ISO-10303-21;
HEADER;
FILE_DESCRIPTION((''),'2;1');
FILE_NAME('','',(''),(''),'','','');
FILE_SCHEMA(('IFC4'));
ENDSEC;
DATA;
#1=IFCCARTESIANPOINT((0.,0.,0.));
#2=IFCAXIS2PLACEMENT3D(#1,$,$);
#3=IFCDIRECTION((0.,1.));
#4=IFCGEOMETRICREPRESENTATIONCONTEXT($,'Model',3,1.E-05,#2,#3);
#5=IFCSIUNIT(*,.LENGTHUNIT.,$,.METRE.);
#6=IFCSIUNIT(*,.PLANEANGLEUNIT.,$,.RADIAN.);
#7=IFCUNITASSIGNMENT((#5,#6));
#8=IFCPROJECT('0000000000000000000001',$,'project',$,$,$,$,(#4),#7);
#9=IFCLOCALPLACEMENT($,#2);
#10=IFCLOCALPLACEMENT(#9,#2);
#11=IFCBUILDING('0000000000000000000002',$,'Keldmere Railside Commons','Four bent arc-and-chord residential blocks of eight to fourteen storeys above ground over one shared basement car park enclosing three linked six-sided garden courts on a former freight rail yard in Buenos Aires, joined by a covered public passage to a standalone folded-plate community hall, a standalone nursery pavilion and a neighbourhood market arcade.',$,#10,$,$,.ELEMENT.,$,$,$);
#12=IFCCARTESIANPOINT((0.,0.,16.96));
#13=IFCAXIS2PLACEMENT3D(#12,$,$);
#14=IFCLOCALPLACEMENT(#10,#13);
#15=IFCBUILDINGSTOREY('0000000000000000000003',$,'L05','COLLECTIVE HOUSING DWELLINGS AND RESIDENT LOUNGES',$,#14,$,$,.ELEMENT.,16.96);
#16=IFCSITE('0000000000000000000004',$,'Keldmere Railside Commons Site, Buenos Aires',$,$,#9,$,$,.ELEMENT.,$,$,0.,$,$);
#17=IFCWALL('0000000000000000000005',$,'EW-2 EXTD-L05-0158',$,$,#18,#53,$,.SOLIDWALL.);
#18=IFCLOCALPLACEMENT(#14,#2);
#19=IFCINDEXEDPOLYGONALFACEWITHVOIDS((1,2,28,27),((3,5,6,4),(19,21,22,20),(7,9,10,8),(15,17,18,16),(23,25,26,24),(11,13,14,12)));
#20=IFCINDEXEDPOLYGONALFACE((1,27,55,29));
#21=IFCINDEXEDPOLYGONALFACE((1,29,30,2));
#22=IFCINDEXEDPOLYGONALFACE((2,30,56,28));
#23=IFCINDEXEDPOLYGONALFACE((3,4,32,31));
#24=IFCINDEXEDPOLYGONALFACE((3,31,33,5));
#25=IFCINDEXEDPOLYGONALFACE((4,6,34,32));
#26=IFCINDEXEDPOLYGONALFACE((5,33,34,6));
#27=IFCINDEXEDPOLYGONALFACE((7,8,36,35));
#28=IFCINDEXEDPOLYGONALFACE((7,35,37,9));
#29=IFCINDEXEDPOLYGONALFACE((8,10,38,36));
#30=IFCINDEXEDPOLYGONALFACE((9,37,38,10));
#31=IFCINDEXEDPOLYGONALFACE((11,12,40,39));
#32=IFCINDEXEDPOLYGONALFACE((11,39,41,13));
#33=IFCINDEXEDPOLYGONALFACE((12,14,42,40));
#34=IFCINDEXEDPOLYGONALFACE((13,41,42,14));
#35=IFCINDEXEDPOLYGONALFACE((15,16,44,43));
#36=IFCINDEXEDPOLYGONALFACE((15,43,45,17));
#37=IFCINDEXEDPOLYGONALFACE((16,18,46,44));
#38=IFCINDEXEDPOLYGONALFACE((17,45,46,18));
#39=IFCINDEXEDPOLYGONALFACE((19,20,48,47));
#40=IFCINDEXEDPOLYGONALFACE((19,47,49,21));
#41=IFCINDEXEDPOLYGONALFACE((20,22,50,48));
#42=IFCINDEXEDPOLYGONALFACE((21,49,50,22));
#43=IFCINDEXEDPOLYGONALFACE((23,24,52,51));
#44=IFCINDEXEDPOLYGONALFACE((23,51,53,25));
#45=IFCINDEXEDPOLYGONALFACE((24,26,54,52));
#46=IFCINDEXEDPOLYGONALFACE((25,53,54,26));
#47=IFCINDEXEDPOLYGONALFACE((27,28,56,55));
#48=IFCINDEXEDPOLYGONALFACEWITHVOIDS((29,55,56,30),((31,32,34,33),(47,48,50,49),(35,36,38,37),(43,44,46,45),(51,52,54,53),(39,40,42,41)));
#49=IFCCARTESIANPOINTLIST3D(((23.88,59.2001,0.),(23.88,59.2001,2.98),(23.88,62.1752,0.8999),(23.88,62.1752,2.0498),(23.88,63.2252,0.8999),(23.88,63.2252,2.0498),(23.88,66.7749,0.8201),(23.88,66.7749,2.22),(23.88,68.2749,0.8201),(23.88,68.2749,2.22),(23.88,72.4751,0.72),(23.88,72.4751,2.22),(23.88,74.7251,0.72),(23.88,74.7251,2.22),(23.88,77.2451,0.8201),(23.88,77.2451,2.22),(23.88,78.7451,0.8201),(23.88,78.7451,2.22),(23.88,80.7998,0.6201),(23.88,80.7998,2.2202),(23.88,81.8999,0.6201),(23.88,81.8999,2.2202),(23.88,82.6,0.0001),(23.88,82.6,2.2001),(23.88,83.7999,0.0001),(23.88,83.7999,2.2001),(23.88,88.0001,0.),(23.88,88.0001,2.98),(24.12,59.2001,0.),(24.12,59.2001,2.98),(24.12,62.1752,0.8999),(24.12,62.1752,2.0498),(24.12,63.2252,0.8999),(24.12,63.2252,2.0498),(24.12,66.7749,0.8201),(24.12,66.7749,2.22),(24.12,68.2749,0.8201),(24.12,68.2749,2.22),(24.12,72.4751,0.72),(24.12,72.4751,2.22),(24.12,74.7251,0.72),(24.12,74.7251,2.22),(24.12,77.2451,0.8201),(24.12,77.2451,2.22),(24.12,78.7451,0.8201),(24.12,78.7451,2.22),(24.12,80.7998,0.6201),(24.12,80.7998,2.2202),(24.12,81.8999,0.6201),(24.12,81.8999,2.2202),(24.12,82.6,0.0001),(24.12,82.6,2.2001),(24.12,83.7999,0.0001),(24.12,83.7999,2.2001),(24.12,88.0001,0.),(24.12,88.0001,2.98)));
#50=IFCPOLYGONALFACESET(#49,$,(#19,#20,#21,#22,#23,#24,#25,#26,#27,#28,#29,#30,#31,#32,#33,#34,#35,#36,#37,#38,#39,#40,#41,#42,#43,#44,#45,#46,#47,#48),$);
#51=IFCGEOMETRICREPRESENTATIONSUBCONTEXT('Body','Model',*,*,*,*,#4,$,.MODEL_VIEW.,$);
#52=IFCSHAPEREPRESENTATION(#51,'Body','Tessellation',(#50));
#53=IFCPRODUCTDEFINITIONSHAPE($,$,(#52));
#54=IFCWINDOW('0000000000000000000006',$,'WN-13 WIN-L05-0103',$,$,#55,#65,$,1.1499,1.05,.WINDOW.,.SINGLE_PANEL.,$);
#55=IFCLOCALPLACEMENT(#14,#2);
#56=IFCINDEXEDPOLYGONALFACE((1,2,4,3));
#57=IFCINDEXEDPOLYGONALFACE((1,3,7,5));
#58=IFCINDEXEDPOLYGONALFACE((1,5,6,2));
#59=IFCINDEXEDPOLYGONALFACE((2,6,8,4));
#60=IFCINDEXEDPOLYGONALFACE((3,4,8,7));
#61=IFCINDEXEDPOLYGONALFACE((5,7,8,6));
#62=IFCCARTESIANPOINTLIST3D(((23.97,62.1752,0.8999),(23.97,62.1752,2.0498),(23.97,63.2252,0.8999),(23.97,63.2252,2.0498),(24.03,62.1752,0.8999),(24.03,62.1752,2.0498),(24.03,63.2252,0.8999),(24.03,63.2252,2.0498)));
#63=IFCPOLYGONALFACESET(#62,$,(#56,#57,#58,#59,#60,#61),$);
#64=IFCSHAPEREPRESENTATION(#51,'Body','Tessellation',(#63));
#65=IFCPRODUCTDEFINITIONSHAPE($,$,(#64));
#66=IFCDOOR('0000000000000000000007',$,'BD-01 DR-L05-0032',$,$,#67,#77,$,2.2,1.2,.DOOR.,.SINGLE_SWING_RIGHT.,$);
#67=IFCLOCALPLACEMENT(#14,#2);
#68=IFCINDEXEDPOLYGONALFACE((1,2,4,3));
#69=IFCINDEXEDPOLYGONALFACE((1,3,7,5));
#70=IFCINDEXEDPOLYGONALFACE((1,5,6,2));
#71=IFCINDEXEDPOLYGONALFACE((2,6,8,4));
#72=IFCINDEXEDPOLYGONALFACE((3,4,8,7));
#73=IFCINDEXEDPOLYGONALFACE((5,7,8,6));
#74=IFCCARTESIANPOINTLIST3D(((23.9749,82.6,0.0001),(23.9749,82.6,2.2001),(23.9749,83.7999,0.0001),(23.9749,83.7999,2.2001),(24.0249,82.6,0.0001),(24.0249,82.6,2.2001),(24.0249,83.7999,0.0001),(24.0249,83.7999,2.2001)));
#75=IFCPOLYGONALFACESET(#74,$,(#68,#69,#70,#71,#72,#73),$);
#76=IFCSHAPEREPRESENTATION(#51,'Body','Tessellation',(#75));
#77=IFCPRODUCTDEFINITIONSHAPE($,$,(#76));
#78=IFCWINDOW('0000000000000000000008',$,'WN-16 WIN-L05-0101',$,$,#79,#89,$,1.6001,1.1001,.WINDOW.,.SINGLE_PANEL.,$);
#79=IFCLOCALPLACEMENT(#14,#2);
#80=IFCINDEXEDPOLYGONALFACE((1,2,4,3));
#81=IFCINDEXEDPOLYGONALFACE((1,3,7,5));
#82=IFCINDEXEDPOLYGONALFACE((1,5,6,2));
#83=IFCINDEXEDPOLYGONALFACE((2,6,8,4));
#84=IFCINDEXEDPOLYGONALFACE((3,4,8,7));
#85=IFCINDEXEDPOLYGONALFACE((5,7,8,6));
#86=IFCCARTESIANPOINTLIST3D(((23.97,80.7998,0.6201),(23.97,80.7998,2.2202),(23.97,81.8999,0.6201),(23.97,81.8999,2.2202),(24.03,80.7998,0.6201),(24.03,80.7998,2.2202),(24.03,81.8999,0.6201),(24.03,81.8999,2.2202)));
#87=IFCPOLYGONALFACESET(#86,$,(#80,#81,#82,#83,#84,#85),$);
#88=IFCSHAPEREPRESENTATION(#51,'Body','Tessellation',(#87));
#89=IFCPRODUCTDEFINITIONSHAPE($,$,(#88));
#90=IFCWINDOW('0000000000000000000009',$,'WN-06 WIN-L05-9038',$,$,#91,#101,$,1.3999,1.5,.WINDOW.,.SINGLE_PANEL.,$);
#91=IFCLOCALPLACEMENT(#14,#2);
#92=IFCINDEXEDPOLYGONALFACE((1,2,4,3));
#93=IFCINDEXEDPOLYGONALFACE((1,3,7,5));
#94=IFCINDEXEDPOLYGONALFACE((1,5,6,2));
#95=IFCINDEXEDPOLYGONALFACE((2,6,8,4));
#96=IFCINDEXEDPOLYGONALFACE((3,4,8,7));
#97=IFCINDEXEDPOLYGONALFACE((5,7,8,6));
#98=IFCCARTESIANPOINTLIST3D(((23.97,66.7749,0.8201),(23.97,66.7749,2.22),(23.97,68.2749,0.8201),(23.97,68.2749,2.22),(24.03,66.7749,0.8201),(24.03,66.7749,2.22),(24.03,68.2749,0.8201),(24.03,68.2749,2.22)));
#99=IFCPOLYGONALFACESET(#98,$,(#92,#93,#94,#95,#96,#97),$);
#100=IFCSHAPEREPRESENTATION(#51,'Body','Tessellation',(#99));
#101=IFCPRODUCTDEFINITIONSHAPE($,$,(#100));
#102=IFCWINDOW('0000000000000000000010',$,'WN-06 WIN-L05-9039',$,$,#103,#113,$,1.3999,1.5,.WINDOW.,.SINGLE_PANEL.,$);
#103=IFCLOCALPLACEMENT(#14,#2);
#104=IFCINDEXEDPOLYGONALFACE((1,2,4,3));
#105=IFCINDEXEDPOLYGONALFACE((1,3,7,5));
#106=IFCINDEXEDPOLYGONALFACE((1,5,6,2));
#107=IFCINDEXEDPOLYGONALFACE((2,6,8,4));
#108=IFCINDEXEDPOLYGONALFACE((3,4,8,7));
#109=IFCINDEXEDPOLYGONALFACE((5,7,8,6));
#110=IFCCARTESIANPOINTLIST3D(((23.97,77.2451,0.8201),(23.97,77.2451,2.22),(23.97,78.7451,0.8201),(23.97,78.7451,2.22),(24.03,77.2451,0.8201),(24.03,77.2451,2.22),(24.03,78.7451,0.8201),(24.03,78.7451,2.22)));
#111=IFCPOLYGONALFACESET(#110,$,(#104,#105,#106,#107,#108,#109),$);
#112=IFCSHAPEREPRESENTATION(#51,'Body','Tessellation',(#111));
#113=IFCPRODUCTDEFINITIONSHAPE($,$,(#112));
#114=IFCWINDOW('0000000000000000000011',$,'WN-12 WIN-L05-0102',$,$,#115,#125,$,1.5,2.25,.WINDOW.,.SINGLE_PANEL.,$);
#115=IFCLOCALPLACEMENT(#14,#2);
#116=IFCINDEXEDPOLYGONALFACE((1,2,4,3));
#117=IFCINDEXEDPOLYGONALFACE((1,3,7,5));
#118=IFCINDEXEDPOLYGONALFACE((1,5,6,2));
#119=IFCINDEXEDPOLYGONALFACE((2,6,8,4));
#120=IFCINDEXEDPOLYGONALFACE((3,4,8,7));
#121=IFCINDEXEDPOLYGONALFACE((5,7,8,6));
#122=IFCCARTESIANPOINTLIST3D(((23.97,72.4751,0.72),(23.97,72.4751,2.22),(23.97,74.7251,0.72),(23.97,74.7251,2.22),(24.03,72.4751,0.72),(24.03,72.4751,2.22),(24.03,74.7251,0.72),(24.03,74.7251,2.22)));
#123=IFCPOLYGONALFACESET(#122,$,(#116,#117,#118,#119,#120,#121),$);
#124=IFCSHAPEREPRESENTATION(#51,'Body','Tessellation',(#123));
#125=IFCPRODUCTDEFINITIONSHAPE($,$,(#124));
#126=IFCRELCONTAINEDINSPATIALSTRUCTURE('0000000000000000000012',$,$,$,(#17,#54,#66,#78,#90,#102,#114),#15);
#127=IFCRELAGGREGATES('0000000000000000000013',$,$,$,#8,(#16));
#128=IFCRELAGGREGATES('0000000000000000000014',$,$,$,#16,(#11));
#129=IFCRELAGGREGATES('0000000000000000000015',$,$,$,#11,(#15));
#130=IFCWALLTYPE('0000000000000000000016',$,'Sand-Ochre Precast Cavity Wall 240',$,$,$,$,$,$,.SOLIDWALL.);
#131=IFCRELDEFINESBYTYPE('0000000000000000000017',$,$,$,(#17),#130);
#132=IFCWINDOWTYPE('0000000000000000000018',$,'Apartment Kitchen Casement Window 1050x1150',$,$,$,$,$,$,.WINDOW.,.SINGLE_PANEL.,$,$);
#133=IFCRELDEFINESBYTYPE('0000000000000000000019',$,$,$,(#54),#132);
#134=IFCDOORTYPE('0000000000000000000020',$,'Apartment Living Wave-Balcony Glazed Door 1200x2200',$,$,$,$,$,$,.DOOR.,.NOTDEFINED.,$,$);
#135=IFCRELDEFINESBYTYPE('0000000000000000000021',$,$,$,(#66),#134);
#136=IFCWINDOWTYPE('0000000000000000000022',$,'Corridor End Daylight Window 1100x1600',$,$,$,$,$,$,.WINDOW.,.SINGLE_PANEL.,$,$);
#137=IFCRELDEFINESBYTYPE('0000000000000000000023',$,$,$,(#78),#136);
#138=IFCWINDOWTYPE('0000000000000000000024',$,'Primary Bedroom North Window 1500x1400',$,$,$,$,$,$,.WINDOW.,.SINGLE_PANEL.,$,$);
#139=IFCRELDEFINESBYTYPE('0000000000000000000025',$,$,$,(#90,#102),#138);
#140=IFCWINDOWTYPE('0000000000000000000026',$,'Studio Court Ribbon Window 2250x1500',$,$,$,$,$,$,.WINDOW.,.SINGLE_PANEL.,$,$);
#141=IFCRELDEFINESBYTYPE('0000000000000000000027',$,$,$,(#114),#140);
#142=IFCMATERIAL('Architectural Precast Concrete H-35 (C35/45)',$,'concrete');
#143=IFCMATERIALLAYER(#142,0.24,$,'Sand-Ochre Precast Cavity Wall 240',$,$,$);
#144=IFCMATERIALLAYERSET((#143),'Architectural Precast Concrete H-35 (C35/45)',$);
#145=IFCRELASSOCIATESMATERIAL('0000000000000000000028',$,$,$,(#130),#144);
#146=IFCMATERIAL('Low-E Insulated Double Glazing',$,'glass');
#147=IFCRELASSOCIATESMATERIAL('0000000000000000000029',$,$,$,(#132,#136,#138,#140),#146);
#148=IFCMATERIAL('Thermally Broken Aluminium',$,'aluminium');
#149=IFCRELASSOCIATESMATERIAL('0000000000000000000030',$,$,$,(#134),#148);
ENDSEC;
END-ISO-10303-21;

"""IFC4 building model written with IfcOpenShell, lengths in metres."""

from ifc_helpers import new_model, si_unit, direction, frame, frame_2d, origin, place, context, subcontext, project, spatial, rectangle, extrude, material, layer, layer_set, type_object, element, fill, save


model = new_model("IFC4")

# Units and contexts
model_context = context("Model", 3, precision=1e-05, world=origin(), true_north=direction((0.0, 1.0)))
body_context = subcontext(model_context, "Body", "Model", "MODEL_VIEW")
ifc_project = project(units=[si_unit("LENGTHUNIT", "METRE"), si_unit("PLANEANGLEUNIT", "RADIAN")], contexts=[model_context])

# Site, building, storey
site_placement = place(None, origin())
site = spatial("IfcSite", under=ifc_project, at=site_placement, Name="Keldmere Railside Commons Site, Buenos Aires", CompositionType="ELEMENT", RefElevation=0.0)
building_placement = place(site_placement, origin())
building = spatial("IfcBuilding", under=site, at=building_placement, Name="Keldmere Railside Commons", Description="Four bent arc-and-chord residential blocks of eight to fourteen storeys above ground over one shared basement car park enclosing three linked six-sided garden courts on a former freight rail yard in Buenos Aires, joined by a covered public passage to a standalone folded-plate community hall, a standalone nursery pavilion and a neighbourhood market arcade.", CompositionType="ELEMENT")
storey_placement = place(building_placement, frame((0.0, 0.0, 16.96)))
storey = spatial("IfcBuildingStorey", under=building, at=storey_placement, Name="L05", Description="COLLECTIVE HOUSING DWELLINGS AND RESIDENT LOUNGES", CompositionType="ELEMENT", Elevation=16.96)

# Shared definitions
ifc_material_1 = material(Name="Thermally Broken Aluminium", Category="aluminium")
ifc_material_2 = material(Name="Low-E Insulated Double Glazing", Category="glass")

# Wall, openings, windows, door
ifc_material_3 = material(Name="Architectural Precast Concrete H-35 (C35/45)", Category="concrete")
ifc_layer_1 = layer(ifc_material_3, 0.24, Name="Sand-Ochre Precast Cavity Wall 240")
ifc_layer_set_1 = layer_set([ifc_layer_1], Name="Architectural Precast Concrete H-35 (C35/45)")
wall_type = type_object("IfcWallType", Name="Sand-Ochre Precast Cavity Wall 240", PredefinedType="SOLIDWALL", material=ifc_layer_set_1)
wall_placement = place(storey_placement, frame((24.0, 88.0, 0.0), z_axis=(0.0, 0.0, 1.0), x_axis=(0.0, -1.0, 0.0)))
wall = element("IfcWall", 1, at=wall_placement, inside=storey, type_object=wall_type, Name="EW-2 EXTD-L05-0158", PredefinedType="SOLIDWALL", context=body_context, shape_type="SweptSolid", body=[
    extrude(rectangle(XDim=28.8, YDim=0.24, at=frame_2d((14.3999, 0.0))), origin(), (0.0, 0.0, 1.0), 2.98),
])
opening_1_placement = place(wall_placement, frame((4.2, 0.0, 0.0)))
opening_1 = element("IfcOpeningElement", 2, at=opening_1_placement, cuts=wall, PredefinedType="OPENING", context=body_context, shape_type="SweptSolid", body=[
    extrude(rectangle(XDim=1.2, YDim=2.2, at=frame_2d((0.6001, 1.1001))), frame((0.0, 0.1299, 0.0), z_axis=(0.0, -1.0, 0.0), x_axis=(1.0, 0.0, 0.0)), (0.0, 0.0, 1.0), 0.26),
])
opening_2_placement = place(wall_placement, frame((6.1001, 0.0, 0.6201)))
opening_2 = element("IfcOpeningElement", 3, at=opening_2_placement, cuts=wall, PredefinedType="OPENING", context=body_context, shape_type="SweptSolid", body=[
    extrude(rectangle(XDim=1.1001, YDim=1.6001, at=frame_2d((0.55, 0.8))), frame((0.0, 0.1299, 0.0), z_axis=(0.0, -1.0, 0.0), x_axis=(1.0, 0.0, 0.0)), (0.0, 0.0, 1.0), 0.26),
])
opening_3_placement = place(wall_placement, frame((13.2749, 0.0, 0.72)))
opening_3 = element("IfcOpeningElement", 4, at=opening_3_placement, cuts=wall, PredefinedType="OPENING", context=body_context, shape_type="SweptSolid", body=[
    extrude(rectangle(XDim=2.25, YDim=1.5, at=frame_2d((1.125, 0.75))), frame((0.0, 0.1299, 0.0), z_axis=(0.0, -1.0, 0.0), x_axis=(1.0, 0.0, 0.0)), (0.0, 0.0, 1.0), 0.26),
])
opening_4_placement = place(wall_placement, frame((24.7749, 0.0, 0.8999)))
opening_4 = element("IfcOpeningElement", 5, at=opening_4_placement, cuts=wall, PredefinedType="OPENING", context=body_context, shape_type="SweptSolid", body=[
    extrude(rectangle(XDim=1.05, YDim=1.1499, at=frame_2d((0.5249, 0.575))), frame((0.0, 0.1299, 0.0), z_axis=(0.0, -1.0, 0.0), x_axis=(1.0, 0.0, 0.0)), (0.0, 0.0, 1.0), 0.26),
])
opening_5_placement = place(wall_placement, frame((19.7251, 0.0, 0.8201)))
opening_5 = element("IfcOpeningElement", 6, at=opening_5_placement, cuts=wall, PredefinedType="OPENING", context=body_context, shape_type="SweptSolid", body=[
    extrude(rectangle(XDim=1.5, YDim=1.3999, at=frame_2d((0.75, 0.7))), frame((0.0, 0.1299, 0.0), z_axis=(0.0, -1.0, 0.0), x_axis=(1.0, 0.0, 0.0)), (0.0, 0.0, 1.0), 0.26),
])
opening_6_placement = place(wall_placement, frame((9.2549, 0.0, 0.8201)))
opening_6 = element("IfcOpeningElement", 7, at=opening_6_placement, cuts=wall, PredefinedType="OPENING", context=body_context, shape_type="SweptSolid", body=[
    extrude(rectangle(XDim=1.5, YDim=1.3999, at=frame_2d((0.75, 0.7))), frame((0.0, 0.1299, 0.0), z_axis=(0.0, -1.0, 0.0), x_axis=(1.0, 0.0, 0.0)), (0.0, 0.0, 1.0), 0.26),
])
window_type_1 = type_object("IfcWindowType", Name="Apartment Kitchen Casement Window 1050x1150", PartitioningType="SINGLE_PANEL", PredefinedType="WINDOW", material=ifc_material_2)
window_1_placement = place(opening_4_placement, origin())
window_1 = element("IfcWindow", 8, at=window_1_placement, inside=storey, type_object=window_type_1, Name="WN-13 WIN-L05-0103", OverallHeight=1.1499, OverallWidth=1.05, PartitioningType="SINGLE_PANEL", PredefinedType="WINDOW", context=body_context, shape_type="SweptSolid", body=[
    extrude(rectangle(XDim=1.05, YDim=1.1499, at=frame_2d((0.5249, 0.575))), frame((0.0, 0.03, 0.0), z_axis=(0.0, -1.0, 0.0), x_axis=(1.0, 0.0, 0.0)), (0.0, 0.0, 1.0), 0.0601),
])
fill(opening_4, window_1)
door_type = type_object("IfcDoorType", Name="Apartment Living Wave-Balcony Glazed Door 1200x2200", OperationType="NOTDEFINED", PredefinedType="DOOR", material=ifc_material_1)
door_placement = place(opening_1_placement, origin())
door = element("IfcDoor", 9, at=door_placement, inside=storey, type_object=door_type, Name="BD-01 DR-L05-0032", OperationType="SINGLE_SWING_RIGHT", OverallHeight=2.2, OverallWidth=1.2, PredefinedType="DOOR", context=body_context, shape_type="SweptSolid", body=[
    extrude(rectangle(XDim=1.2, YDim=2.2, at=frame_2d((0.6001, 1.1001))), frame((0.0, 0.0249, 0.0), z_axis=(0.0, -1.0, 0.0), x_axis=(1.0, 0.0, 0.0)), (0.0, 0.0, 1.0), 0.05),
])
fill(opening_1, door)
window_type_2 = type_object("IfcWindowType", Name="Corridor End Daylight Window 1100x1600", PartitioningType="SINGLE_PANEL", PredefinedType="WINDOW", material=ifc_material_2)
window_2_placement = place(opening_2_placement, origin())
window_2 = element("IfcWindow", 10, at=window_2_placement, inside=storey, type_object=window_type_2, Name="WN-16 WIN-L05-0101", OverallHeight=1.6001, OverallWidth=1.1001, PartitioningType="SINGLE_PANEL", PredefinedType="WINDOW", context=body_context, shape_type="SweptSolid", body=[
    extrude(rectangle(XDim=1.1001, YDim=1.6001, at=frame_2d((0.55, 0.8))), frame((0.0, 0.03, 0.0), z_axis=(0.0, -1.0, 0.0), x_axis=(1.0, 0.0, 0.0)), (0.0, 0.0, 1.0), 0.0601),
])
fill(opening_2, window_2)
window_type_3 = type_object("IfcWindowType", Name="Primary Bedroom North Window 1500x1400", PartitioningType="SINGLE_PANEL", PredefinedType="WINDOW", material=ifc_material_2)
window_3_placement = place(opening_5_placement, origin())
window_3 = element("IfcWindow", 11, at=window_3_placement, inside=storey, type_object=window_type_3, Name="WN-06 WIN-L05-9038", OverallHeight=1.3999, OverallWidth=1.5, PartitioningType="SINGLE_PANEL", PredefinedType="WINDOW", context=body_context, shape_type="SweptSolid", body=[
    extrude(rectangle(XDim=1.5, YDim=1.3999, at=frame_2d((0.75, 0.7))), frame((0.0, 0.03, 0.0), z_axis=(0.0, -1.0, 0.0), x_axis=(1.0, 0.0, 0.0)), (0.0, 0.0, 1.0), 0.0601),
])
fill(opening_5, window_3)
window_4_placement = place(opening_6_placement, origin())
window_4 = element("IfcWindow", 12, at=window_4_placement, inside=storey, type_object=window_type_3, Name="WN-06 WIN-L05-9039", OverallHeight=1.3999, OverallWidth=1.5, PartitioningType="SINGLE_PANEL", PredefinedType="WINDOW", context=body_context, shape_type="SweptSolid", body=[
    extrude(rectangle(XDim=1.5, YDim=1.3999, at=frame_2d((0.75, 0.7))), frame((0.0, 0.03, 0.0), z_axis=(0.0, -1.0, 0.0), x_axis=(1.0, 0.0, 0.0)), (0.0, 0.0, 1.0), 0.0601),
])
fill(opening_6, window_4)
window_type_4 = type_object("IfcWindowType", Name="Studio Court Ribbon Window 2250x1500", PartitioningType="SINGLE_PANEL", PredefinedType="WINDOW", material=ifc_material_2)
window_5_placement = place(opening_3_placement, origin())
window_5 = element("IfcWindow", 13, at=window_5_placement, inside=storey, type_object=window_type_4, Name="WN-12 WIN-L05-0102", OverallHeight=1.5, OverallWidth=2.25, PartitioningType="SINGLE_PANEL", PredefinedType="WINDOW", context=body_context, shape_type="SweptSolid", body=[
    extrude(rectangle(XDim=2.25, YDim=1.5, at=frame_2d((1.125, 0.75))), frame((0.0, 0.03, 0.0), z_axis=(0.0, -1.0, 0.0), x_axis=(1.0, 0.0, 0.0)), (0.0, 0.0, 1.0), 0.0601),
])
fill(opening_3, window_5)

save(model, "model.ifc")
